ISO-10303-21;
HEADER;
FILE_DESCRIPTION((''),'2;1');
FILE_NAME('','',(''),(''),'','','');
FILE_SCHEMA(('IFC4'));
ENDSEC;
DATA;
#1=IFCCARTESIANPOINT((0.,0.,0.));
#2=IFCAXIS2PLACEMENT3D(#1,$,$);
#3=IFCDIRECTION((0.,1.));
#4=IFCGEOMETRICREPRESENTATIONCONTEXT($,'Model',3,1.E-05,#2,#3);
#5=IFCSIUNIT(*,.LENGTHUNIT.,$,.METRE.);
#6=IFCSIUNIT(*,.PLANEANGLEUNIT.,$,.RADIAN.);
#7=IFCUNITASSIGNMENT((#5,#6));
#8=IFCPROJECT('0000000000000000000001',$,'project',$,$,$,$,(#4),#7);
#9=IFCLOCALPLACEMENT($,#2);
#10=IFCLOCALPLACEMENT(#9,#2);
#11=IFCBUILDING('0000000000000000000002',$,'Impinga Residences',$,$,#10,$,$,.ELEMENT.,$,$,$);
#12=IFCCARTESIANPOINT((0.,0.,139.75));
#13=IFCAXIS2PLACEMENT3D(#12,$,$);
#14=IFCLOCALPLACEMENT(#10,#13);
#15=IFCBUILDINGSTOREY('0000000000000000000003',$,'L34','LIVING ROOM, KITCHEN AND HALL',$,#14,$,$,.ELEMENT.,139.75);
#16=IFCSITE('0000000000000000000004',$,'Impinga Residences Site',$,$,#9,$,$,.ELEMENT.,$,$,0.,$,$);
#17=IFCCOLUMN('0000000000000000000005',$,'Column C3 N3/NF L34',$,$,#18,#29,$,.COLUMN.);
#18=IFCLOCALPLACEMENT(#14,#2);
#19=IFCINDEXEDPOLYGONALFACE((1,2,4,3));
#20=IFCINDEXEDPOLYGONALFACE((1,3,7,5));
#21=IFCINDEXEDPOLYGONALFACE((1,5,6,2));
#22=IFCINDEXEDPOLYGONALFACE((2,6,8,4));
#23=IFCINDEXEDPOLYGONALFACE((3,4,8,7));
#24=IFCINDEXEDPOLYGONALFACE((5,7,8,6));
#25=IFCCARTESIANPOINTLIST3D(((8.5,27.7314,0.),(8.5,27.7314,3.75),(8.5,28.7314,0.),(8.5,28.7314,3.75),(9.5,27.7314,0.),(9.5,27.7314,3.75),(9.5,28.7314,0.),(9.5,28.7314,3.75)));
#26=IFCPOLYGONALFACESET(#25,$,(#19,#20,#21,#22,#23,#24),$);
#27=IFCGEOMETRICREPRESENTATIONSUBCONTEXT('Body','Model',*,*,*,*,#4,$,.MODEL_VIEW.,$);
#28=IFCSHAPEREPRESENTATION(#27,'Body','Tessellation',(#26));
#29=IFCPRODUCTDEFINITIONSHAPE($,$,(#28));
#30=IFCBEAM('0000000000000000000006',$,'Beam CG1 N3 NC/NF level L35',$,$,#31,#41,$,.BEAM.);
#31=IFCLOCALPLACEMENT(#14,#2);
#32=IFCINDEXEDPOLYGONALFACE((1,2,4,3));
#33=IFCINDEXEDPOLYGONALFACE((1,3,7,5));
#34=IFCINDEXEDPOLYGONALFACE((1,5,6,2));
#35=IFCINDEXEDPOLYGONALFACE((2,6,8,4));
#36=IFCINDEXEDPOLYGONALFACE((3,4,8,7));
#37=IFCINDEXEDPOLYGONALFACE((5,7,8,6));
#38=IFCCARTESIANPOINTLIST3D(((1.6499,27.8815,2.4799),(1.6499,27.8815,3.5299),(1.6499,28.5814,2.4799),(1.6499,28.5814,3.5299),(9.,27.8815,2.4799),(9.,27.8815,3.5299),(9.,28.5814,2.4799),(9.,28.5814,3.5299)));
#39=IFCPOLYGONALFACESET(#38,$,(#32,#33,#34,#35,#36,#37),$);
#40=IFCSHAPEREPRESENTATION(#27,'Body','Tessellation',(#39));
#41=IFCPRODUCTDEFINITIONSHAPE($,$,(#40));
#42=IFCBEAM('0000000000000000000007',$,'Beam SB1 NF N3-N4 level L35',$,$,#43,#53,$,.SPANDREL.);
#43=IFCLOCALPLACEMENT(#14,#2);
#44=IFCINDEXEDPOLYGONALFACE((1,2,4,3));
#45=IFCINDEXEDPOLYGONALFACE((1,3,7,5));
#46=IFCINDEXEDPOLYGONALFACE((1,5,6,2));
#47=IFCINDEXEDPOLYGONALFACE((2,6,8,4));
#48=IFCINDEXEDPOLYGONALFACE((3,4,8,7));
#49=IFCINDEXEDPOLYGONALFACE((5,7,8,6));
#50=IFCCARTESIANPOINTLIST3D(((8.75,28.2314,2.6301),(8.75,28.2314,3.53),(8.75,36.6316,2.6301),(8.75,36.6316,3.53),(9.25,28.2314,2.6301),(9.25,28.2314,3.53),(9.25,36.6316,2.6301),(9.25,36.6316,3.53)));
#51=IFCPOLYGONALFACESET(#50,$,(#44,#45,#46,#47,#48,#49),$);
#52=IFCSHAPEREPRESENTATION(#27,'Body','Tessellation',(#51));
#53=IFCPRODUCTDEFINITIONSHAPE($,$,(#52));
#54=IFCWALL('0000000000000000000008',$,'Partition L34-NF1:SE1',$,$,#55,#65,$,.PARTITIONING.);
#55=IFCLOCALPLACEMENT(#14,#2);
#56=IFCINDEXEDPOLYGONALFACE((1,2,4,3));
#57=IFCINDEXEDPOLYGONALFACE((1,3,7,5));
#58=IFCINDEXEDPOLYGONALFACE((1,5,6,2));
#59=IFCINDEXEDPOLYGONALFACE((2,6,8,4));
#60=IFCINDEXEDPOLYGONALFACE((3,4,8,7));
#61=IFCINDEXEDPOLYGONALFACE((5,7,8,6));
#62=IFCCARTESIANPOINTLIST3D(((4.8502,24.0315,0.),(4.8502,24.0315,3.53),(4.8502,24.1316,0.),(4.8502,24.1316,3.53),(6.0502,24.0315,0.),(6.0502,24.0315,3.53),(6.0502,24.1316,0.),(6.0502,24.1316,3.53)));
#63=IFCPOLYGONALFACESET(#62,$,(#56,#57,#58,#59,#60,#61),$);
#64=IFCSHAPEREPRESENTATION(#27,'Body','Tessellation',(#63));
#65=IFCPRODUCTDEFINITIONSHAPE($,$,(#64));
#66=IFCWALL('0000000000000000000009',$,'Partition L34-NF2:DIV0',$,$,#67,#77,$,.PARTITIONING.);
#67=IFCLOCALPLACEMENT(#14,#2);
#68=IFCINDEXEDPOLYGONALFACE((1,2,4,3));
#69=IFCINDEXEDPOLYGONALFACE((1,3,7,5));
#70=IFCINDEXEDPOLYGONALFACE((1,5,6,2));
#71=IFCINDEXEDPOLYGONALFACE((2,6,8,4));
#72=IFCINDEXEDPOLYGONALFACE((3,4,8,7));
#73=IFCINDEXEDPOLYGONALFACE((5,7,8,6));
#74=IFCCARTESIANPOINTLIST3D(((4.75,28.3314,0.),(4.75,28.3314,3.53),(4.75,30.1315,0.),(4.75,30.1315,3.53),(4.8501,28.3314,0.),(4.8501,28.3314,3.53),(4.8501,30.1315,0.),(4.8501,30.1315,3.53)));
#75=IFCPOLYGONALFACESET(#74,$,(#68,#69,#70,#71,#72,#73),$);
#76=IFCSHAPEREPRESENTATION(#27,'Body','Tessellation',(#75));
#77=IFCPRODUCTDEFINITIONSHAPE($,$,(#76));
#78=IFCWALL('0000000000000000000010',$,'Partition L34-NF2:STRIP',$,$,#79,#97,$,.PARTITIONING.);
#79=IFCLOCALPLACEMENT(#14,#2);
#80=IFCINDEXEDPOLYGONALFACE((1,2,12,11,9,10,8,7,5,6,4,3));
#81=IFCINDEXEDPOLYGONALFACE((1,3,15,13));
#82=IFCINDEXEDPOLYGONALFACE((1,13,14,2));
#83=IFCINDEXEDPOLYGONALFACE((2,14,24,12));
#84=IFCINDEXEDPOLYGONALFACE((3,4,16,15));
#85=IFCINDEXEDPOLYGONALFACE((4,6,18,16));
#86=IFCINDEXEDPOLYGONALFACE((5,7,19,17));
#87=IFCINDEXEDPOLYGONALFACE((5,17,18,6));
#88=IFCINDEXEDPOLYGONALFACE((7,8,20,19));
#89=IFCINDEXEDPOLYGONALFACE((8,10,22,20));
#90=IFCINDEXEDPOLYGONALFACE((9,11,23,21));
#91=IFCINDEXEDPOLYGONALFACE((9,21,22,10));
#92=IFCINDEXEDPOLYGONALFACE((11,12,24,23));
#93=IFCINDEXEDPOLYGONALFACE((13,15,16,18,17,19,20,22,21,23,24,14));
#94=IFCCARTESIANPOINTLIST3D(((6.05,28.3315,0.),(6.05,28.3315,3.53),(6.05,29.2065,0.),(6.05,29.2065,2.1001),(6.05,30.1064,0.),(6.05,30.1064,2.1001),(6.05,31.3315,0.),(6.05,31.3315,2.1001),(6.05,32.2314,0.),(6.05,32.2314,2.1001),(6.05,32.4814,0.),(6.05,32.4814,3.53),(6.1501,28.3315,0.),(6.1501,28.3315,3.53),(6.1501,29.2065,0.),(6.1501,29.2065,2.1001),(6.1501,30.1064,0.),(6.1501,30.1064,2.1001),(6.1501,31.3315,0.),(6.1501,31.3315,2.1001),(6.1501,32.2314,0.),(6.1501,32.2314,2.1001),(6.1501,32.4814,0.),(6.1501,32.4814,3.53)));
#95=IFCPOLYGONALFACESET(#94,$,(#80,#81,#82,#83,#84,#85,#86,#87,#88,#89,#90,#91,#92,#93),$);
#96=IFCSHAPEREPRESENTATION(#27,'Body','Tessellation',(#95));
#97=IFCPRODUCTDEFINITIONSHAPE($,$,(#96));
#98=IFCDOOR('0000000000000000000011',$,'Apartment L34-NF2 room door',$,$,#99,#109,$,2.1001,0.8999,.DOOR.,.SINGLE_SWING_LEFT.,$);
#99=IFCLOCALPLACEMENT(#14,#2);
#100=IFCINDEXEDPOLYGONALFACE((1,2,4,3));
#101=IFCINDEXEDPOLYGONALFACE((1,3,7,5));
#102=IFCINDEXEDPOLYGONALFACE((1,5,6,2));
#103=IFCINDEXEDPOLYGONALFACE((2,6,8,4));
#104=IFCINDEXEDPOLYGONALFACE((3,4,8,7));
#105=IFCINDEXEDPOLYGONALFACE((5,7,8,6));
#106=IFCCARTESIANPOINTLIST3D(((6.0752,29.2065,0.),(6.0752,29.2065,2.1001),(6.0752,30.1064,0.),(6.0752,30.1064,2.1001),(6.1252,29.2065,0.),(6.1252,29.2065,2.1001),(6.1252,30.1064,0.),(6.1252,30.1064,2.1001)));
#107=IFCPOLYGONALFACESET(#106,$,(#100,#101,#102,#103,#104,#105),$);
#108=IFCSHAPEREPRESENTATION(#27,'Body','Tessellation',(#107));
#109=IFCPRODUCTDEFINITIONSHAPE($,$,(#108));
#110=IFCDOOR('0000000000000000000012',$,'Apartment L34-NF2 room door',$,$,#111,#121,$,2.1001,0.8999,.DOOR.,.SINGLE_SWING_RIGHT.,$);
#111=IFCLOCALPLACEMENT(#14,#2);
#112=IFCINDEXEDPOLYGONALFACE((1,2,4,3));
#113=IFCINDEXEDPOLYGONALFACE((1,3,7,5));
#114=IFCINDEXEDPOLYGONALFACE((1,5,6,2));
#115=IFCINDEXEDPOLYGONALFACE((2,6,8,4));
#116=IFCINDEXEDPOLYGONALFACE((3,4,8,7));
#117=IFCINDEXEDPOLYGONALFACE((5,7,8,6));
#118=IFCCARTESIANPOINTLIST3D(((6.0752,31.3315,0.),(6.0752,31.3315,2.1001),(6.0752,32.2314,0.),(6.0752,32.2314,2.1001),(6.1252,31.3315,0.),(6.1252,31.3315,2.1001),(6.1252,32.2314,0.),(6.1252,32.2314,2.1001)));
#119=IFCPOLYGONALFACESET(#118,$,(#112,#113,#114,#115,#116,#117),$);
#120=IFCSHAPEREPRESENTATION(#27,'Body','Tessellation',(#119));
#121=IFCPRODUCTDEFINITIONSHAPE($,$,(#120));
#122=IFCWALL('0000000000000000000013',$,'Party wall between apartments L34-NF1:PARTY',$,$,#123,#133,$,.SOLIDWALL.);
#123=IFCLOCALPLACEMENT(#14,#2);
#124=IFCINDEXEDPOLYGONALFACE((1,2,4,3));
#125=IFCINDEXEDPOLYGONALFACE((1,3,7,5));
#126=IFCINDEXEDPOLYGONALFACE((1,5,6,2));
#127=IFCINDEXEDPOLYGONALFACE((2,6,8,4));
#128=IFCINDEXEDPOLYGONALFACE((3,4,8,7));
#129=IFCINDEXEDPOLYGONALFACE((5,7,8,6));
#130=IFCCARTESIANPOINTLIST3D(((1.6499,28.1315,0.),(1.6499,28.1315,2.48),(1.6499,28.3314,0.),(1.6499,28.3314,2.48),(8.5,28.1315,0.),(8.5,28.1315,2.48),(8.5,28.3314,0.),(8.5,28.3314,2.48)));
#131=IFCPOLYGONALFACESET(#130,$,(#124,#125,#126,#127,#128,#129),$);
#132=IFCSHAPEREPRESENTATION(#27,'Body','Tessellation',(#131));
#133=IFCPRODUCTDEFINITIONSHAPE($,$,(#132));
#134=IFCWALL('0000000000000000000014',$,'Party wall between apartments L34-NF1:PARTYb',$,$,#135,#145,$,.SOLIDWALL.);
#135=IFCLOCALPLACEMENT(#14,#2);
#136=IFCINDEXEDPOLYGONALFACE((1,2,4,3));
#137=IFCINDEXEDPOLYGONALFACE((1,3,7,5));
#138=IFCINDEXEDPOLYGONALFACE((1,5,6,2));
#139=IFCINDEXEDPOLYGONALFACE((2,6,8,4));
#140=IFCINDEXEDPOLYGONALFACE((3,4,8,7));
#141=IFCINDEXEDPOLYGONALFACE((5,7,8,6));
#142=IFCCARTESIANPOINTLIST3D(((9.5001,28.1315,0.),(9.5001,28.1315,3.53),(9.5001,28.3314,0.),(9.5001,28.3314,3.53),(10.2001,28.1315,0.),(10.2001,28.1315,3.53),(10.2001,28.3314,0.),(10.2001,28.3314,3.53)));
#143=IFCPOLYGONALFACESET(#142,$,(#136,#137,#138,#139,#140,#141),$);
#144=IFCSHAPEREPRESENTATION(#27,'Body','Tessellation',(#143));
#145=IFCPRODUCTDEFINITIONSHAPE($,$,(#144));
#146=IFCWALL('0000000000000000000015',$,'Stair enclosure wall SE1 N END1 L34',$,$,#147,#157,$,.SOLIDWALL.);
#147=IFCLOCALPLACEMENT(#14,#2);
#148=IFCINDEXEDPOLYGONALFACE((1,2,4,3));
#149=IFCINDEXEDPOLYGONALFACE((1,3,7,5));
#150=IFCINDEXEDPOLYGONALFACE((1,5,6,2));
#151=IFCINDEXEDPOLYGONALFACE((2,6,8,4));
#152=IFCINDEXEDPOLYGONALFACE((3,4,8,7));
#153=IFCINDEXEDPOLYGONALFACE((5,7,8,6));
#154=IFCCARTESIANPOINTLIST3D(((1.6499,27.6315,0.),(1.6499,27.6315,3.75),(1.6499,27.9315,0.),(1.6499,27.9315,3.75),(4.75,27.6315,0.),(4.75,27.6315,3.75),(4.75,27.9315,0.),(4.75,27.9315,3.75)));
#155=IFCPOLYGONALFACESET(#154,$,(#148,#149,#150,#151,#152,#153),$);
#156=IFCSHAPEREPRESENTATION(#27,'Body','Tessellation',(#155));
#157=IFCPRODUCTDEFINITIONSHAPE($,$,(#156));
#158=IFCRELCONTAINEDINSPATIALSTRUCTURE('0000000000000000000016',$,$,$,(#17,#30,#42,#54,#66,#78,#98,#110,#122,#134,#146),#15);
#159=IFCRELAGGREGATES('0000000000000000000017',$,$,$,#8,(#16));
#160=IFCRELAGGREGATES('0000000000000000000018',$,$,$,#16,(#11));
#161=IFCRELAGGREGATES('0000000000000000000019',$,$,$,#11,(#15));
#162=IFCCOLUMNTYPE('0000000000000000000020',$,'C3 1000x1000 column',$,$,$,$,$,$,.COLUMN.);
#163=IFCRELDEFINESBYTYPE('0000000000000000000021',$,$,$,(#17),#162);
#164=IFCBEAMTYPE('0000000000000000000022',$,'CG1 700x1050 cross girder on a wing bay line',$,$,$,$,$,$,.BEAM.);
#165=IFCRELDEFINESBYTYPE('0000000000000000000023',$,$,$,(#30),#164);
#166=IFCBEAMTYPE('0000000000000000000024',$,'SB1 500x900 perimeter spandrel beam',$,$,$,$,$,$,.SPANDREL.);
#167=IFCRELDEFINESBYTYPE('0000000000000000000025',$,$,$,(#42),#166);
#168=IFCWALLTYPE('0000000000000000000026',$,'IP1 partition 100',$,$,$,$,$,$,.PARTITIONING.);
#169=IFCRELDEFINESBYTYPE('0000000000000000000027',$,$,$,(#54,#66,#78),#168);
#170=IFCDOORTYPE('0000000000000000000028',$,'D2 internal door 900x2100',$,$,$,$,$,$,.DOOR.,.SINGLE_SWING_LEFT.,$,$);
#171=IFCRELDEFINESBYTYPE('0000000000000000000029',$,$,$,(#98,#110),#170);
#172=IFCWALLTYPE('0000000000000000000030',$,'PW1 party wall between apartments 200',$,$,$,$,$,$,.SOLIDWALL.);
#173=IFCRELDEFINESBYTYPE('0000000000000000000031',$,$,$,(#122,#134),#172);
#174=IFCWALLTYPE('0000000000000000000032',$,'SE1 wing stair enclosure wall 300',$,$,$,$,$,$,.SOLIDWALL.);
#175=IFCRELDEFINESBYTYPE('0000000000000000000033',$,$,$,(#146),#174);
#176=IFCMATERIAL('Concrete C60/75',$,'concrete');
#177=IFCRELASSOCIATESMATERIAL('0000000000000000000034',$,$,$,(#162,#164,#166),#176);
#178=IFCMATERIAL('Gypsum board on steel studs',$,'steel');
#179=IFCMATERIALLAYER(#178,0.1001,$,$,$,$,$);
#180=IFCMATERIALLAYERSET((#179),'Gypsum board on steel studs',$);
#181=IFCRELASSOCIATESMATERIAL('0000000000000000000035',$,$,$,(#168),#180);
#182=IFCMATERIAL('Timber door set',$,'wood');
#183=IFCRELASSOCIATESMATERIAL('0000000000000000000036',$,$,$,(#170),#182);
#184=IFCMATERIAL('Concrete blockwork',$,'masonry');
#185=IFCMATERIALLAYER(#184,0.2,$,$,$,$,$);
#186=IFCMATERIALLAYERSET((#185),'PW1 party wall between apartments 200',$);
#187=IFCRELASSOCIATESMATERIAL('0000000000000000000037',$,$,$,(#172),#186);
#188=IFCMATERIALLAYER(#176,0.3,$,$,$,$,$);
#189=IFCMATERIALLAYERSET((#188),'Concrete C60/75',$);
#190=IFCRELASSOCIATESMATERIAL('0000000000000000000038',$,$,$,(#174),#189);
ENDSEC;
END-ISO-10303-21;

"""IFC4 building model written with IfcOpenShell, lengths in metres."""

from ifc_helpers import new_model, si_unit, direction, frame, frame_2d, origin, origin_2d, place, context, subcontext, project, spatial, rectangle, extrude, material, layer, layer_set, material_profile, profile_set, type_object, element, fill, save


model = new_model("IFC4")

# Units and contexts
model_context = context("Model", 3, precision=1e-05, world=origin(), true_north=direction((0.0, 1.0)))
body_context = subcontext(model_context, "Body", "Model", "MODEL_VIEW")
ifc_project = project(units=[si_unit("LENGTHUNIT", "METRE"), si_unit("PLANEANGLEUNIT", "RADIAN")], contexts=[model_context])

# Site, building, storey
site_placement = place(None, origin())
site = spatial("IfcSite", under=ifc_project, at=site_placement, Name="Impinga Residences Site", CompositionType="ELEMENT", RefElevation=0.0)
building_placement = place(site_placement, origin())
building = spatial("IfcBuilding", under=site, at=building_placement, Name="Impinga Residences", CompositionType="ELEMENT")
storey_placement = place(building_placement, frame((0.0, 0.0, 139.75)))
storey = spatial("IfcBuildingStorey", under=building, at=storey_placement, Name="L34", Description="LIVING ROOM, KITCHEN AND HALL", CompositionType="ELEMENT", Elevation=139.75)

# Column
ifc_material_1 = material(Name="Concrete C60/75", Category="concrete")
ifc_material_profile_1 = material_profile(ifc_material_1, rectangle(XDim=1.0, YDim=1.0, at=origin_2d()), Name="RC 1000x1000")
ifc_profile_set_1 = profile_set([ifc_material_profile_1], Name="Concrete C60/75")
column_type = type_object("IfcColumnType", Name="C3 1000x1000 column", PredefinedType="COLUMN", material=ifc_profile_set_1)
column_placement = place(storey_placement, frame((9.0, 28.2314, 0.0), z_axis=(0.0, 0.0, 1.0), x_axis=(1.0, 0.0, 0.0)))
element("IfcColumn", 1, at=column_placement, inside=storey, type_object=column_type, Name="Column C3 N3/NF L34", PredefinedType="COLUMN", context=body_context, shape_type="SweptSolid", body=[
    extrude(rectangle(XDim=1.0, YDim=1.0, at=origin_2d()), origin(), (0.0, 0.0, 1.0), 3.75),
])

# Beams
ifc_material_profile_2 = material_profile(ifc_material_1, rectangle(XDim=0.7, YDim=1.05, at=origin_2d()), Name="RC 700x1050")
ifc_profile_set_2 = profile_set([ifc_material_profile_2], Name="Concrete C60/75")
beam_type_1 = type_object("IfcBeamType", Name="CG1 700x1050 cross girder on a wing bay line", PredefinedType="BEAM", material=ifc_profile_set_2)
beam_1_placement = place(storey_placement, frame((1.6499, 28.2314, 3.0049), z_axis=(1.0, 0.0, 0.0), x_axis=(0.0, 1.0, 0.0)))
element("IfcBeam", 2, at=beam_1_placement, inside=storey, type_object=beam_type_1, Name="Beam CG1 N3 NC/NF level L35", PredefinedType="BEAM", context=body_context, shape_type="SweptSolid", body=[
    extrude(rectangle(XDim=0.7, YDim=1.05, at=origin_2d()), origin(), (0.0, 0.0, 1.0), 7.3501),
])
ifc_material_profile_3 = material_profile(ifc_material_1, rectangle(XDim=0.5, YDim=0.8999, at=origin_2d()), Name="RC 500x900")
ifc_profile_set_3 = profile_set([ifc_material_profile_3], Name="Concrete C60/75")
beam_type_2 = type_object("IfcBeamType", Name="SB1 500x900 perimeter spandrel beam", PredefinedType="SPANDREL", material=ifc_profile_set_3)
beam_2_placement = place(storey_placement, frame((9.0, 28.2314, 3.0801), z_axis=(0.0, 1.0, 0.0), x_axis=(-1.0, 0.0, 0.0)))
element("IfcBeam", 3, at=beam_2_placement, inside=storey, type_object=beam_type_2, Name="Beam SB1 NF N3-N4 level L35", PredefinedType="SPANDREL", context=body_context, shape_type="SweptSolid", body=[
    extrude(rectangle(XDim=0.5, YDim=0.8999, at=origin_2d()), origin(), (0.0, 0.0, 1.0), 8.4001),
])

# Walls
ifc_material_2 = material(Name="Gypsum board on steel studs", Category="steel")
ifc_layer_1 = layer(ifc_material_2, 0.1001)
ifc_layer_set_1 = layer_set([ifc_layer_1], Name="Gypsum board on steel studs")
wall_type_1 = type_object("IfcWallType", Name="IP1 partition 100", PredefinedType="PARTITIONING", material=ifc_layer_set_1)
wall_1_placement = place(storey_placement, frame((4.8501, 24.0815, 0.0), z_axis=(0.0, 0.0, 1.0), x_axis=(1.0, 0.0, 0.0)))
element("IfcWall", 4, at=wall_1_placement, inside=storey, type_object=wall_type_1, Name="Partition L34-NF1:SE1", PredefinedType="PARTITIONING", context=body_context, shape_type="SweptSolid", body=[
    extrude(rectangle(XDim=1.2, YDim=0.1001, at=frame_2d((0.6001, 0.0))), origin(), (0.0, 0.0, 1.0), 3.53),
])
wall_2_placement = place(storey_placement, frame((4.8, 28.3315, 0.0), z_axis=(0.0, 0.0, 1.0), x_axis=(0.0, 1.0, 0.0)))
element("IfcWall", 5, at=wall_2_placement, inside=storey, type_object=wall_type_1, Name="Partition L34-NF2:DIV0", PredefinedType="PARTITIONING", context=body_context, shape_type="SweptSolid", body=[
    extrude(rectangle(XDim=1.8, YDim=0.1001, at=frame_2d((0.8999, 0.0))), origin(), (0.0, 0.0, 1.0), 3.53),
])

# Wall, openings, doors
wall_3_placement = place(storey_placement, frame((6.1001, 28.3315, 0.0), z_axis=(0.0, 0.0, 1.0), x_axis=(0.0, 1.0, 0.0)))
wall_3 = element("IfcWall", 6, at=wall_3_placement, inside=storey, type_object=wall_type_1, Name="Partition L34-NF2:STRIP", PredefinedType="PARTITIONING", context=body_context, shape_type="SweptSolid", body=[
    extrude(rectangle(XDim=4.1499, YDim=0.1001, at=frame_2d((2.075, 0.0))), origin(), (0.0, 0.0, 1.0), 3.53),
])
opening_1_placement = place(wall_3_placement, frame((0.875, 0.0, 0.0)))
opening_1 = element("IfcOpeningElement", 7, at=opening_1_placement, cuts=wall_3, PredefinedType="OPENING", context=body_context, shape_type="SweptSolid", body=[
    extrude(rectangle(XDim=0.8999, YDim=2.1001, at=frame_2d((0.45, 1.05))), frame((0.0, 0.0601, 0.0), z_axis=(0.0, -1.0, 0.0), x_axis=(1.0, 0.0, 0.0)), (0.0, 0.0, 1.0), 0.1201),
])
opening_2_placement = place(wall_3_placement, frame((3.0, 0.0, 0.0)))
opening_2 = element("IfcOpeningElement", 8, at=opening_2_placement, cuts=wall_3, PredefinedType="OPENING", context=body_context, shape_type="SweptSolid", body=[
    extrude(rectangle(XDim=0.8999, YDim=2.1001, at=frame_2d((0.45, 1.05))), frame((0.0, 0.0601, 0.0), z_axis=(0.0, -1.0, 0.0), x_axis=(1.0, 0.0, 0.0)), (0.0, 0.0, 1.0), 0.1201),
])
ifc_material_3 = material(Name="Timber door set", Category="wood")
door_type = type_object("IfcDoorType", Name="D2 internal door 900x2100", OperationType="SINGLE_SWING_LEFT", PredefinedType="DOOR", material=ifc_material_3)
door_1_placement = place(opening_1_placement, origin())
door_1 = element("IfcDoor", 9, at=door_1_placement, inside=storey, type_object=door_type, Name="Apartment L34-NF2 room door", OperationType="SINGLE_SWING_LEFT", OverallHeight=2.1001, OverallWidth=0.8999, PredefinedType="DOOR", context=body_context, shape_type="SweptSolid", body=[
    extrude(rectangle(XDim=0.8999, YDim=2.1001, at=frame_2d((0.45, 1.05))), frame((0.0, 0.0249, 0.0), z_axis=(0.0, -1.0, 0.0), x_axis=(1.0, 0.0, 0.0)), (0.0, 0.0, 1.0), 0.05),
])
fill(opening_1, door_1)
door_2_placement = place(opening_2_placement, origin())
door_2 = element("IfcDoor", 10, at=door_2_placement, inside=storey, type_object=door_type, Name="Apartment L34-NF2 room door", OperationType="SINGLE_SWING_RIGHT", OverallHeight=2.1001, OverallWidth=0.8999, PredefinedType="DOOR", context=body_context, shape_type="SweptSolid", body=[
    extrude(rectangle(XDim=0.8999, YDim=2.1001, at=frame_2d((0.45, 1.05))), frame((0.0, 0.0249, 0.0), z_axis=(0.0, -1.0, 0.0), x_axis=(1.0, 0.0, 0.0)), (0.0, 0.0, 1.0), 0.05),
])
fill(opening_2, door_2)

# Walls
ifc_material_4 = material(Name="Concrete blockwork", Category="masonry")
ifc_layer_2 = layer(ifc_material_4, 0.2)
ifc_layer_set_2 = layer_set([ifc_layer_2], Name="PW1 party wall between apartments 200")
wall_type_2 = type_object("IfcWallType", Name="PW1 party wall between apartments 200", PredefinedType="SOLIDWALL", material=ifc_layer_set_2)
wall_4_placement = place(storey_placement, frame((1.6499, 28.2314, 0.0), z_axis=(0.0, 0.0, 1.0), x_axis=(1.0, 0.0, 0.0)))
element("IfcWall", 11, at=wall_4_placement, inside=storey, type_object=wall_type_2, Name="Party wall between apartments L34-NF1:PARTY", PredefinedType="SOLIDWALL", context=body_context, shape_type="SweptSolid", body=[
    extrude(rectangle(XDim=6.8501, YDim=0.2, at=frame_2d((3.425, 0.0))), origin(), (0.0, 0.0, 1.0), 2.48),
])
wall_5_placement = place(storey_placement, frame((9.5, 28.2314, 0.0), z_axis=(0.0, 0.0, 1.0), x_axis=(1.0, 0.0, 0.0)))
element("IfcWall", 12, at=wall_5_placement, inside=storey, type_object=wall_type_2, Name="Party wall between apartments L34-NF1:PARTYb", PredefinedType="SOLIDWALL", context=body_context, shape_type="SweptSolid", body=[
    extrude(rectangle(XDim=0.7, YDim=0.2, at=frame_2d((0.3501, 0.0))), origin(), (0.0, 0.0, 1.0), 3.53),
])
ifc_layer_3 = layer(ifc_material_1, 0.3)
ifc_layer_set_3 = layer_set([ifc_layer_3], Name="Concrete C60/75")
wall_type_3 = type_object("IfcWallType", Name="SE1 wing stair enclosure wall 300", PredefinedType="SOLIDWALL", material=ifc_layer_set_3)
wall_6_placement = place(storey_placement, frame((1.6499, 27.7815, 0.0), z_axis=(0.0, 0.0, 1.0), x_axis=(1.0, 0.0, 0.0)))
element("IfcWall", 13, at=wall_6_placement, inside=storey, type_object=wall_type_3, Name="Stair enclosure wall SE1 N END1 L34", PredefinedType="SOLIDWALL", context=body_context, shape_type="SweptSolid", body=[
    extrude(rectangle(XDim=3.1001, YDim=0.3, at=frame_2d((1.55, 0.0))), origin(), (0.0, 0.0, 1.0), 3.75),
])

save(model, "model.ifc")
